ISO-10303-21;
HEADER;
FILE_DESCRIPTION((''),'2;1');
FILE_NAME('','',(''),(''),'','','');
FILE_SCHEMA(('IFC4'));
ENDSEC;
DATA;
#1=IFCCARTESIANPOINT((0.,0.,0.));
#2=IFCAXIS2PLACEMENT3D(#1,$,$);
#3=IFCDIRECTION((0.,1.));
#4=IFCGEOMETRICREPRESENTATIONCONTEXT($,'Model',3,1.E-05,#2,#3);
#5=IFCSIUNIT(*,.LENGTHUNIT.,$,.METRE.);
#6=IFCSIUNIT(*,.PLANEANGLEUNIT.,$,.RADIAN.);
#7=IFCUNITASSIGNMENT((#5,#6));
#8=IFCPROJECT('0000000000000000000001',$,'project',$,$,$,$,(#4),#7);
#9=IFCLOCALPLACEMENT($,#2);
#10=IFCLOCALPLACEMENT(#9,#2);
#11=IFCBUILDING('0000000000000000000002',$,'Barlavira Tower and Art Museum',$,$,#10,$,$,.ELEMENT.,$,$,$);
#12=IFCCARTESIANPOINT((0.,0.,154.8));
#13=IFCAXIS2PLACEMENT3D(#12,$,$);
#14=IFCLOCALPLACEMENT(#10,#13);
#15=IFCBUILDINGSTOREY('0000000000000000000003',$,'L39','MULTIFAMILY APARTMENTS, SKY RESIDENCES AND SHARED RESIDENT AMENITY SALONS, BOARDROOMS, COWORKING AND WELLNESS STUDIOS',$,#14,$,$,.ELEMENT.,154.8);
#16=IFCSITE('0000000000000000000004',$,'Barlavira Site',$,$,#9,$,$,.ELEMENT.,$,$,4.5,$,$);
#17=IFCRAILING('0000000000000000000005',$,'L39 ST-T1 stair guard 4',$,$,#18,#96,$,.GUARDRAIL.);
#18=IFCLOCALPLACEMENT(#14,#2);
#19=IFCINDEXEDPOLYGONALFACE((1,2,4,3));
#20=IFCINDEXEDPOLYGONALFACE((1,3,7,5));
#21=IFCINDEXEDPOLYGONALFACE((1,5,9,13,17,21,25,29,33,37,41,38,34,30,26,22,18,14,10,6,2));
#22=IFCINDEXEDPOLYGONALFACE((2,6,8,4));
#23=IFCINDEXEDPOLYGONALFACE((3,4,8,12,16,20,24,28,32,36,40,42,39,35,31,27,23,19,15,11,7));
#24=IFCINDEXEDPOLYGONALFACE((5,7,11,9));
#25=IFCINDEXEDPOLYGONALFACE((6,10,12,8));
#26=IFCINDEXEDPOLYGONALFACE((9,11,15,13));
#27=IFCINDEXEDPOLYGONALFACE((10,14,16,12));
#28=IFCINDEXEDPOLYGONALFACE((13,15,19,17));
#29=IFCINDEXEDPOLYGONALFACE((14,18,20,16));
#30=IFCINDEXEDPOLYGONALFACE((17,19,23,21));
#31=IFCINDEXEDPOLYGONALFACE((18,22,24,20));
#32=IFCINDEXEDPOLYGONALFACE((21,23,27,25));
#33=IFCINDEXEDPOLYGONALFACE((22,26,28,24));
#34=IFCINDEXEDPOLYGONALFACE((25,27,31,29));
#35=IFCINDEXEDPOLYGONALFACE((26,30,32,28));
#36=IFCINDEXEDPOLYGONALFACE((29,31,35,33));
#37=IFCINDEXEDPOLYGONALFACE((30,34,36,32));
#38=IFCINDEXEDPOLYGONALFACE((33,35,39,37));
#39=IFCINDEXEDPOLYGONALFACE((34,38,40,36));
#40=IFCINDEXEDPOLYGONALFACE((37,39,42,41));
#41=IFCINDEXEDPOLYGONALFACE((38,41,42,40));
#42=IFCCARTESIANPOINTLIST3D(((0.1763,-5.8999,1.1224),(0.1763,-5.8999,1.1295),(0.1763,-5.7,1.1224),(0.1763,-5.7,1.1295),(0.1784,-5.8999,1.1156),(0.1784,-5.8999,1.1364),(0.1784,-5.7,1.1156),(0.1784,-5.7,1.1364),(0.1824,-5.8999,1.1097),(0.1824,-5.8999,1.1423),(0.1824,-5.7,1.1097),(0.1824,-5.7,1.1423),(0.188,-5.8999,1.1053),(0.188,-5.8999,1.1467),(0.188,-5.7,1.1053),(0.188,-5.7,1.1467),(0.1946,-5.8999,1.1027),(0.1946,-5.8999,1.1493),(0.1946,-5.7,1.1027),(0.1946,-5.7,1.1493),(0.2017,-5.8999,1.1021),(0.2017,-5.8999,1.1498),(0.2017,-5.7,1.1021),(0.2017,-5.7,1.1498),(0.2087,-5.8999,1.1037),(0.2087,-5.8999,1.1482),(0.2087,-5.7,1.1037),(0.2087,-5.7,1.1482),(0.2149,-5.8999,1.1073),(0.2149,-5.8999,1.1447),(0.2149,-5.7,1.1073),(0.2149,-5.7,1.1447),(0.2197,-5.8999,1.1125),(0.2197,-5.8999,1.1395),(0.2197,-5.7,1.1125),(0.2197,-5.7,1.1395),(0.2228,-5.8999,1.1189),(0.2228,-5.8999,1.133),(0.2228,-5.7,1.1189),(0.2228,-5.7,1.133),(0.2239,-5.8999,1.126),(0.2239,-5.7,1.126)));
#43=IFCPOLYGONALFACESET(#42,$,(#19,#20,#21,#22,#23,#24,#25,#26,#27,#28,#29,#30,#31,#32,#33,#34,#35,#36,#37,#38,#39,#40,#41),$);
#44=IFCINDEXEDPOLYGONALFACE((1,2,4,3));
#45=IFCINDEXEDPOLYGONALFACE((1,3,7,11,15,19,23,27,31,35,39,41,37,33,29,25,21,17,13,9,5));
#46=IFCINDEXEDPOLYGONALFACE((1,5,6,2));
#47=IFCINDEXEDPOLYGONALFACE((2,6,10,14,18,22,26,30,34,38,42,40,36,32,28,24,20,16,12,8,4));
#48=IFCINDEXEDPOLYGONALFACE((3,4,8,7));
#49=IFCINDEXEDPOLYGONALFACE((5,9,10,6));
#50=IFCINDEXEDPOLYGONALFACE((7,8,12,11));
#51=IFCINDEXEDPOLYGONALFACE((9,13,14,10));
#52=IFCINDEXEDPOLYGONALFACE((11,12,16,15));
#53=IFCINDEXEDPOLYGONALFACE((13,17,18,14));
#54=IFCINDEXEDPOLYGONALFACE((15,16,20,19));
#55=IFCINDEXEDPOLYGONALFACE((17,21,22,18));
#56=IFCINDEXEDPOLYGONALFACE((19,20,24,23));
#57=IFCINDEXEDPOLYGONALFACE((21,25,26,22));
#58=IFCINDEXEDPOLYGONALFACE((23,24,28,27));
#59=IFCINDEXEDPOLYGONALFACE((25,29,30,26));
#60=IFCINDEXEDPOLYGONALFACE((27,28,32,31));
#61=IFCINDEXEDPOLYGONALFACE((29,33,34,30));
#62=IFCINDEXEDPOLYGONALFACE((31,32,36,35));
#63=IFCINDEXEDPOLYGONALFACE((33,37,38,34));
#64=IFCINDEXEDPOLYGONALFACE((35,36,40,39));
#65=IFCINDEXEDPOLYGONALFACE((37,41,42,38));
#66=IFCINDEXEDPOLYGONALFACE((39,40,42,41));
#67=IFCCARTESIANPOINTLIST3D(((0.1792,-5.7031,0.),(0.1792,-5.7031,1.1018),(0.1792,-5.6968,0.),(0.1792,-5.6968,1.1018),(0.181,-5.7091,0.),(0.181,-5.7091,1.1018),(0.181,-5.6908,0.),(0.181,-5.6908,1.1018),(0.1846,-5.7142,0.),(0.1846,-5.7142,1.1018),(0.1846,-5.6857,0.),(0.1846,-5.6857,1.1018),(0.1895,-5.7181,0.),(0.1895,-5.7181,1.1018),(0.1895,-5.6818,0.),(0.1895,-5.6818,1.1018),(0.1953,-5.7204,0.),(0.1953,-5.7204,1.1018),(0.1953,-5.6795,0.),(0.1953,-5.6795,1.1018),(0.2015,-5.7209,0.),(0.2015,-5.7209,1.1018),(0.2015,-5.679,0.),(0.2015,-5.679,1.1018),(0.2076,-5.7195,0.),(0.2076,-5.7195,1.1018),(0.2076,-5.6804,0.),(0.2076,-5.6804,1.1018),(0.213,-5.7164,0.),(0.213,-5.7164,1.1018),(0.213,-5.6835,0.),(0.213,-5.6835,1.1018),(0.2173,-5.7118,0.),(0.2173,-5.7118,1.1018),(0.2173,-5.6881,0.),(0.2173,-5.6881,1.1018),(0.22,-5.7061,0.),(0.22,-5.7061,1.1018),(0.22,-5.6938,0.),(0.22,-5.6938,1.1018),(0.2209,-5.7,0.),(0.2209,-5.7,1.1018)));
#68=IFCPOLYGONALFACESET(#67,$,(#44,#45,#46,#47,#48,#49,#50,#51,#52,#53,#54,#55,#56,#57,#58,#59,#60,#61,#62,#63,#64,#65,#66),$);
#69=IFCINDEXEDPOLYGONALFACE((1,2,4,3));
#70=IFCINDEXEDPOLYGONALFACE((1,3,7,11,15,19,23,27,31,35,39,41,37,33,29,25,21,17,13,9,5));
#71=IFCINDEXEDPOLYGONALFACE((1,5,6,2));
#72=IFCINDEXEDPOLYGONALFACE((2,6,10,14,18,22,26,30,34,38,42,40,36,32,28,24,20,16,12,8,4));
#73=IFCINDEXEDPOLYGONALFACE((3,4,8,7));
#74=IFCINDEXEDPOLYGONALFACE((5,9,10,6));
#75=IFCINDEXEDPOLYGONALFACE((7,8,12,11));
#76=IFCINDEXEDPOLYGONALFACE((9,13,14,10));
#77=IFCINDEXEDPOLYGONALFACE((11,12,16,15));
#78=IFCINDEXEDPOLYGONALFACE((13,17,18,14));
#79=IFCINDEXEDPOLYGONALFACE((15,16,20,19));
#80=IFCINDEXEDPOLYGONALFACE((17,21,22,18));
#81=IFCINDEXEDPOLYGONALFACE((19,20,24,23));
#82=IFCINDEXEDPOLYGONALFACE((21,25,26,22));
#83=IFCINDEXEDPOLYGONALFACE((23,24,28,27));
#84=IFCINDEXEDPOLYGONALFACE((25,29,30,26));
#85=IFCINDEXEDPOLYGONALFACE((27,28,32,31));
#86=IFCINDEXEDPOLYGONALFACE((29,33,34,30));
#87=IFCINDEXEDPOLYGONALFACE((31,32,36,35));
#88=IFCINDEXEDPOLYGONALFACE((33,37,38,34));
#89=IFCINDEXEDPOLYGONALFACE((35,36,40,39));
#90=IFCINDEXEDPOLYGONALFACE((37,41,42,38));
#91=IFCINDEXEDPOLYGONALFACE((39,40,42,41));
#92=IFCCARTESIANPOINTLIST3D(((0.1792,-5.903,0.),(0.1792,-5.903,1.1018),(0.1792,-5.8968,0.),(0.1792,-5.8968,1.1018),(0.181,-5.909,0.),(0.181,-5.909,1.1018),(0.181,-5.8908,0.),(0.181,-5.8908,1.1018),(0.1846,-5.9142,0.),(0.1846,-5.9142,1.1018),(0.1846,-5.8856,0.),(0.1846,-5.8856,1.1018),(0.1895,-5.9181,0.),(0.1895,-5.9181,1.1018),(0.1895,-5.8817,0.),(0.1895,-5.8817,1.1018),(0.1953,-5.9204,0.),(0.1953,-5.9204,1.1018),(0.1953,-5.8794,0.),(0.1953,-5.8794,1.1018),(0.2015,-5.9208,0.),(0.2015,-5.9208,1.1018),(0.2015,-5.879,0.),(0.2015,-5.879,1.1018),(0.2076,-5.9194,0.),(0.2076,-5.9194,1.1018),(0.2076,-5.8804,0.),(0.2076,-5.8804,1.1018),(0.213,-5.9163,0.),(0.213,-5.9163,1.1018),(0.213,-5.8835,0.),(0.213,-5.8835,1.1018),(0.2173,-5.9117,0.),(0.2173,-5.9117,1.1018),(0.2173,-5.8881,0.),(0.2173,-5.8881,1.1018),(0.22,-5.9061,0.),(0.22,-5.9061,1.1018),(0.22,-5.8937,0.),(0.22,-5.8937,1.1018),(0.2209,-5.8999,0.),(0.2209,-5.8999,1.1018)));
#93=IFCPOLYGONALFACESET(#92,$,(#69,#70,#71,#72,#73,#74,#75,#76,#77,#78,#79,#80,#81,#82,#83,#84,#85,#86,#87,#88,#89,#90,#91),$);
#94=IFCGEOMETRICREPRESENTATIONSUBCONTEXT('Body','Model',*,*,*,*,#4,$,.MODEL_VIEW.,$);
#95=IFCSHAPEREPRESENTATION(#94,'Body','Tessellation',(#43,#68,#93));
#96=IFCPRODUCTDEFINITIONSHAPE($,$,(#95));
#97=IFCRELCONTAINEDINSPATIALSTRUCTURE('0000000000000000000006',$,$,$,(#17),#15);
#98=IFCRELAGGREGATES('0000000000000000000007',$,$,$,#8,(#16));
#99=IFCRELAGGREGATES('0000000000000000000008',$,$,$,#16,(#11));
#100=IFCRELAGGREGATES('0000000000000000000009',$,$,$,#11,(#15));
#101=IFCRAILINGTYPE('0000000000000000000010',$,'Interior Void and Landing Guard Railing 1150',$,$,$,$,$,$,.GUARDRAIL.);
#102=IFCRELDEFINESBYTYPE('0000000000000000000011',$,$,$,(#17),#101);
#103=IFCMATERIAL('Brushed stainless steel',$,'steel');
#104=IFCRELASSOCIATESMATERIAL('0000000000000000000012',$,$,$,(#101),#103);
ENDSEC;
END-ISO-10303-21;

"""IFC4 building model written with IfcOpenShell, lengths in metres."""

from ifc_helpers import new_model, si_unit, direction, frame, origin, origin_2d, place, context, subcontext, project, spatial, circle, extrude, material, type_object, element, save


model = new_model("IFC4")

# Units and contexts
model_context = context("Model", 3, precision=1e-05, world=origin(), true_north=direction((0.0, 1.0)))
body_context = subcontext(model_context, "Body", "Model", "MODEL_VIEW")
ifc_project = project(units=[si_unit("LENGTHUNIT", "METRE"), si_unit("PLANEANGLEUNIT", "RADIAN")], contexts=[model_context])

# Site, building, storey
site_placement = place(None, origin())
site = spatial("IfcSite", under=ifc_project, at=site_placement, Name="Barlavira Site", CompositionType="ELEMENT", RefElevation=4.5)
building_placement = place(site_placement, origin())
building = spatial("IfcBuilding", under=site, at=building_placement, Name="Barlavira Tower and Art Museum", CompositionType="ELEMENT")
storey_placement = place(building_placement, frame((0.0, 0.0, 154.8)))
storey = spatial("IfcBuildingStorey", under=building, at=storey_placement, Name="L39", Description="MULTIFAMILY APARTMENTS, SKY RESIDENCES AND SHARED RESIDENT AMENITY SALONS, BOARDROOMS, COWORKING AND WELLNESS STUDIOS", CompositionType="ELEMENT", Elevation=154.8)

# Shared definitions
ifc_material_1 = material(Name="Brushed stainless steel", Category="steel")

# Railing
railing_type_1 = type_object("IfcRailingType", Name="Interior Void and Landing Guard Railing 1150", PredefinedType="GUARDRAIL", material=ifc_material_1)
railing_1_placement = place(storey_placement, frame((0.2, -5.7, 0.0)))
element("IfcRailing", 1, at=railing_1_placement, inside=storey, type_object=railing_type_1, Name="L39 ST-T1 stair guard 4", PredefinedType="GUARDRAIL", context=body_context, shape_type="SweptSolid", body=[
    extrude(circle(Radius=0.0239, at=origin_2d()), frame((0.0, 0.0, 1.126), z_axis=(0.0, -1.0, 0.0), x_axis=(1.0, 0.0, 0.0)), (0.0, 0.0, 1.0), 0.2),
    extrude(circle(Radius=0.021, at=origin_2d()), origin(), (0.0, 0.0, 1.0), 1.1018),
    extrude(circle(Radius=0.021, at=origin_2d()), frame((0.0, -0.2, 0.0)), (0.0, 0.0, 1.0), 1.1018),
])

save(model, "model.ifc")
